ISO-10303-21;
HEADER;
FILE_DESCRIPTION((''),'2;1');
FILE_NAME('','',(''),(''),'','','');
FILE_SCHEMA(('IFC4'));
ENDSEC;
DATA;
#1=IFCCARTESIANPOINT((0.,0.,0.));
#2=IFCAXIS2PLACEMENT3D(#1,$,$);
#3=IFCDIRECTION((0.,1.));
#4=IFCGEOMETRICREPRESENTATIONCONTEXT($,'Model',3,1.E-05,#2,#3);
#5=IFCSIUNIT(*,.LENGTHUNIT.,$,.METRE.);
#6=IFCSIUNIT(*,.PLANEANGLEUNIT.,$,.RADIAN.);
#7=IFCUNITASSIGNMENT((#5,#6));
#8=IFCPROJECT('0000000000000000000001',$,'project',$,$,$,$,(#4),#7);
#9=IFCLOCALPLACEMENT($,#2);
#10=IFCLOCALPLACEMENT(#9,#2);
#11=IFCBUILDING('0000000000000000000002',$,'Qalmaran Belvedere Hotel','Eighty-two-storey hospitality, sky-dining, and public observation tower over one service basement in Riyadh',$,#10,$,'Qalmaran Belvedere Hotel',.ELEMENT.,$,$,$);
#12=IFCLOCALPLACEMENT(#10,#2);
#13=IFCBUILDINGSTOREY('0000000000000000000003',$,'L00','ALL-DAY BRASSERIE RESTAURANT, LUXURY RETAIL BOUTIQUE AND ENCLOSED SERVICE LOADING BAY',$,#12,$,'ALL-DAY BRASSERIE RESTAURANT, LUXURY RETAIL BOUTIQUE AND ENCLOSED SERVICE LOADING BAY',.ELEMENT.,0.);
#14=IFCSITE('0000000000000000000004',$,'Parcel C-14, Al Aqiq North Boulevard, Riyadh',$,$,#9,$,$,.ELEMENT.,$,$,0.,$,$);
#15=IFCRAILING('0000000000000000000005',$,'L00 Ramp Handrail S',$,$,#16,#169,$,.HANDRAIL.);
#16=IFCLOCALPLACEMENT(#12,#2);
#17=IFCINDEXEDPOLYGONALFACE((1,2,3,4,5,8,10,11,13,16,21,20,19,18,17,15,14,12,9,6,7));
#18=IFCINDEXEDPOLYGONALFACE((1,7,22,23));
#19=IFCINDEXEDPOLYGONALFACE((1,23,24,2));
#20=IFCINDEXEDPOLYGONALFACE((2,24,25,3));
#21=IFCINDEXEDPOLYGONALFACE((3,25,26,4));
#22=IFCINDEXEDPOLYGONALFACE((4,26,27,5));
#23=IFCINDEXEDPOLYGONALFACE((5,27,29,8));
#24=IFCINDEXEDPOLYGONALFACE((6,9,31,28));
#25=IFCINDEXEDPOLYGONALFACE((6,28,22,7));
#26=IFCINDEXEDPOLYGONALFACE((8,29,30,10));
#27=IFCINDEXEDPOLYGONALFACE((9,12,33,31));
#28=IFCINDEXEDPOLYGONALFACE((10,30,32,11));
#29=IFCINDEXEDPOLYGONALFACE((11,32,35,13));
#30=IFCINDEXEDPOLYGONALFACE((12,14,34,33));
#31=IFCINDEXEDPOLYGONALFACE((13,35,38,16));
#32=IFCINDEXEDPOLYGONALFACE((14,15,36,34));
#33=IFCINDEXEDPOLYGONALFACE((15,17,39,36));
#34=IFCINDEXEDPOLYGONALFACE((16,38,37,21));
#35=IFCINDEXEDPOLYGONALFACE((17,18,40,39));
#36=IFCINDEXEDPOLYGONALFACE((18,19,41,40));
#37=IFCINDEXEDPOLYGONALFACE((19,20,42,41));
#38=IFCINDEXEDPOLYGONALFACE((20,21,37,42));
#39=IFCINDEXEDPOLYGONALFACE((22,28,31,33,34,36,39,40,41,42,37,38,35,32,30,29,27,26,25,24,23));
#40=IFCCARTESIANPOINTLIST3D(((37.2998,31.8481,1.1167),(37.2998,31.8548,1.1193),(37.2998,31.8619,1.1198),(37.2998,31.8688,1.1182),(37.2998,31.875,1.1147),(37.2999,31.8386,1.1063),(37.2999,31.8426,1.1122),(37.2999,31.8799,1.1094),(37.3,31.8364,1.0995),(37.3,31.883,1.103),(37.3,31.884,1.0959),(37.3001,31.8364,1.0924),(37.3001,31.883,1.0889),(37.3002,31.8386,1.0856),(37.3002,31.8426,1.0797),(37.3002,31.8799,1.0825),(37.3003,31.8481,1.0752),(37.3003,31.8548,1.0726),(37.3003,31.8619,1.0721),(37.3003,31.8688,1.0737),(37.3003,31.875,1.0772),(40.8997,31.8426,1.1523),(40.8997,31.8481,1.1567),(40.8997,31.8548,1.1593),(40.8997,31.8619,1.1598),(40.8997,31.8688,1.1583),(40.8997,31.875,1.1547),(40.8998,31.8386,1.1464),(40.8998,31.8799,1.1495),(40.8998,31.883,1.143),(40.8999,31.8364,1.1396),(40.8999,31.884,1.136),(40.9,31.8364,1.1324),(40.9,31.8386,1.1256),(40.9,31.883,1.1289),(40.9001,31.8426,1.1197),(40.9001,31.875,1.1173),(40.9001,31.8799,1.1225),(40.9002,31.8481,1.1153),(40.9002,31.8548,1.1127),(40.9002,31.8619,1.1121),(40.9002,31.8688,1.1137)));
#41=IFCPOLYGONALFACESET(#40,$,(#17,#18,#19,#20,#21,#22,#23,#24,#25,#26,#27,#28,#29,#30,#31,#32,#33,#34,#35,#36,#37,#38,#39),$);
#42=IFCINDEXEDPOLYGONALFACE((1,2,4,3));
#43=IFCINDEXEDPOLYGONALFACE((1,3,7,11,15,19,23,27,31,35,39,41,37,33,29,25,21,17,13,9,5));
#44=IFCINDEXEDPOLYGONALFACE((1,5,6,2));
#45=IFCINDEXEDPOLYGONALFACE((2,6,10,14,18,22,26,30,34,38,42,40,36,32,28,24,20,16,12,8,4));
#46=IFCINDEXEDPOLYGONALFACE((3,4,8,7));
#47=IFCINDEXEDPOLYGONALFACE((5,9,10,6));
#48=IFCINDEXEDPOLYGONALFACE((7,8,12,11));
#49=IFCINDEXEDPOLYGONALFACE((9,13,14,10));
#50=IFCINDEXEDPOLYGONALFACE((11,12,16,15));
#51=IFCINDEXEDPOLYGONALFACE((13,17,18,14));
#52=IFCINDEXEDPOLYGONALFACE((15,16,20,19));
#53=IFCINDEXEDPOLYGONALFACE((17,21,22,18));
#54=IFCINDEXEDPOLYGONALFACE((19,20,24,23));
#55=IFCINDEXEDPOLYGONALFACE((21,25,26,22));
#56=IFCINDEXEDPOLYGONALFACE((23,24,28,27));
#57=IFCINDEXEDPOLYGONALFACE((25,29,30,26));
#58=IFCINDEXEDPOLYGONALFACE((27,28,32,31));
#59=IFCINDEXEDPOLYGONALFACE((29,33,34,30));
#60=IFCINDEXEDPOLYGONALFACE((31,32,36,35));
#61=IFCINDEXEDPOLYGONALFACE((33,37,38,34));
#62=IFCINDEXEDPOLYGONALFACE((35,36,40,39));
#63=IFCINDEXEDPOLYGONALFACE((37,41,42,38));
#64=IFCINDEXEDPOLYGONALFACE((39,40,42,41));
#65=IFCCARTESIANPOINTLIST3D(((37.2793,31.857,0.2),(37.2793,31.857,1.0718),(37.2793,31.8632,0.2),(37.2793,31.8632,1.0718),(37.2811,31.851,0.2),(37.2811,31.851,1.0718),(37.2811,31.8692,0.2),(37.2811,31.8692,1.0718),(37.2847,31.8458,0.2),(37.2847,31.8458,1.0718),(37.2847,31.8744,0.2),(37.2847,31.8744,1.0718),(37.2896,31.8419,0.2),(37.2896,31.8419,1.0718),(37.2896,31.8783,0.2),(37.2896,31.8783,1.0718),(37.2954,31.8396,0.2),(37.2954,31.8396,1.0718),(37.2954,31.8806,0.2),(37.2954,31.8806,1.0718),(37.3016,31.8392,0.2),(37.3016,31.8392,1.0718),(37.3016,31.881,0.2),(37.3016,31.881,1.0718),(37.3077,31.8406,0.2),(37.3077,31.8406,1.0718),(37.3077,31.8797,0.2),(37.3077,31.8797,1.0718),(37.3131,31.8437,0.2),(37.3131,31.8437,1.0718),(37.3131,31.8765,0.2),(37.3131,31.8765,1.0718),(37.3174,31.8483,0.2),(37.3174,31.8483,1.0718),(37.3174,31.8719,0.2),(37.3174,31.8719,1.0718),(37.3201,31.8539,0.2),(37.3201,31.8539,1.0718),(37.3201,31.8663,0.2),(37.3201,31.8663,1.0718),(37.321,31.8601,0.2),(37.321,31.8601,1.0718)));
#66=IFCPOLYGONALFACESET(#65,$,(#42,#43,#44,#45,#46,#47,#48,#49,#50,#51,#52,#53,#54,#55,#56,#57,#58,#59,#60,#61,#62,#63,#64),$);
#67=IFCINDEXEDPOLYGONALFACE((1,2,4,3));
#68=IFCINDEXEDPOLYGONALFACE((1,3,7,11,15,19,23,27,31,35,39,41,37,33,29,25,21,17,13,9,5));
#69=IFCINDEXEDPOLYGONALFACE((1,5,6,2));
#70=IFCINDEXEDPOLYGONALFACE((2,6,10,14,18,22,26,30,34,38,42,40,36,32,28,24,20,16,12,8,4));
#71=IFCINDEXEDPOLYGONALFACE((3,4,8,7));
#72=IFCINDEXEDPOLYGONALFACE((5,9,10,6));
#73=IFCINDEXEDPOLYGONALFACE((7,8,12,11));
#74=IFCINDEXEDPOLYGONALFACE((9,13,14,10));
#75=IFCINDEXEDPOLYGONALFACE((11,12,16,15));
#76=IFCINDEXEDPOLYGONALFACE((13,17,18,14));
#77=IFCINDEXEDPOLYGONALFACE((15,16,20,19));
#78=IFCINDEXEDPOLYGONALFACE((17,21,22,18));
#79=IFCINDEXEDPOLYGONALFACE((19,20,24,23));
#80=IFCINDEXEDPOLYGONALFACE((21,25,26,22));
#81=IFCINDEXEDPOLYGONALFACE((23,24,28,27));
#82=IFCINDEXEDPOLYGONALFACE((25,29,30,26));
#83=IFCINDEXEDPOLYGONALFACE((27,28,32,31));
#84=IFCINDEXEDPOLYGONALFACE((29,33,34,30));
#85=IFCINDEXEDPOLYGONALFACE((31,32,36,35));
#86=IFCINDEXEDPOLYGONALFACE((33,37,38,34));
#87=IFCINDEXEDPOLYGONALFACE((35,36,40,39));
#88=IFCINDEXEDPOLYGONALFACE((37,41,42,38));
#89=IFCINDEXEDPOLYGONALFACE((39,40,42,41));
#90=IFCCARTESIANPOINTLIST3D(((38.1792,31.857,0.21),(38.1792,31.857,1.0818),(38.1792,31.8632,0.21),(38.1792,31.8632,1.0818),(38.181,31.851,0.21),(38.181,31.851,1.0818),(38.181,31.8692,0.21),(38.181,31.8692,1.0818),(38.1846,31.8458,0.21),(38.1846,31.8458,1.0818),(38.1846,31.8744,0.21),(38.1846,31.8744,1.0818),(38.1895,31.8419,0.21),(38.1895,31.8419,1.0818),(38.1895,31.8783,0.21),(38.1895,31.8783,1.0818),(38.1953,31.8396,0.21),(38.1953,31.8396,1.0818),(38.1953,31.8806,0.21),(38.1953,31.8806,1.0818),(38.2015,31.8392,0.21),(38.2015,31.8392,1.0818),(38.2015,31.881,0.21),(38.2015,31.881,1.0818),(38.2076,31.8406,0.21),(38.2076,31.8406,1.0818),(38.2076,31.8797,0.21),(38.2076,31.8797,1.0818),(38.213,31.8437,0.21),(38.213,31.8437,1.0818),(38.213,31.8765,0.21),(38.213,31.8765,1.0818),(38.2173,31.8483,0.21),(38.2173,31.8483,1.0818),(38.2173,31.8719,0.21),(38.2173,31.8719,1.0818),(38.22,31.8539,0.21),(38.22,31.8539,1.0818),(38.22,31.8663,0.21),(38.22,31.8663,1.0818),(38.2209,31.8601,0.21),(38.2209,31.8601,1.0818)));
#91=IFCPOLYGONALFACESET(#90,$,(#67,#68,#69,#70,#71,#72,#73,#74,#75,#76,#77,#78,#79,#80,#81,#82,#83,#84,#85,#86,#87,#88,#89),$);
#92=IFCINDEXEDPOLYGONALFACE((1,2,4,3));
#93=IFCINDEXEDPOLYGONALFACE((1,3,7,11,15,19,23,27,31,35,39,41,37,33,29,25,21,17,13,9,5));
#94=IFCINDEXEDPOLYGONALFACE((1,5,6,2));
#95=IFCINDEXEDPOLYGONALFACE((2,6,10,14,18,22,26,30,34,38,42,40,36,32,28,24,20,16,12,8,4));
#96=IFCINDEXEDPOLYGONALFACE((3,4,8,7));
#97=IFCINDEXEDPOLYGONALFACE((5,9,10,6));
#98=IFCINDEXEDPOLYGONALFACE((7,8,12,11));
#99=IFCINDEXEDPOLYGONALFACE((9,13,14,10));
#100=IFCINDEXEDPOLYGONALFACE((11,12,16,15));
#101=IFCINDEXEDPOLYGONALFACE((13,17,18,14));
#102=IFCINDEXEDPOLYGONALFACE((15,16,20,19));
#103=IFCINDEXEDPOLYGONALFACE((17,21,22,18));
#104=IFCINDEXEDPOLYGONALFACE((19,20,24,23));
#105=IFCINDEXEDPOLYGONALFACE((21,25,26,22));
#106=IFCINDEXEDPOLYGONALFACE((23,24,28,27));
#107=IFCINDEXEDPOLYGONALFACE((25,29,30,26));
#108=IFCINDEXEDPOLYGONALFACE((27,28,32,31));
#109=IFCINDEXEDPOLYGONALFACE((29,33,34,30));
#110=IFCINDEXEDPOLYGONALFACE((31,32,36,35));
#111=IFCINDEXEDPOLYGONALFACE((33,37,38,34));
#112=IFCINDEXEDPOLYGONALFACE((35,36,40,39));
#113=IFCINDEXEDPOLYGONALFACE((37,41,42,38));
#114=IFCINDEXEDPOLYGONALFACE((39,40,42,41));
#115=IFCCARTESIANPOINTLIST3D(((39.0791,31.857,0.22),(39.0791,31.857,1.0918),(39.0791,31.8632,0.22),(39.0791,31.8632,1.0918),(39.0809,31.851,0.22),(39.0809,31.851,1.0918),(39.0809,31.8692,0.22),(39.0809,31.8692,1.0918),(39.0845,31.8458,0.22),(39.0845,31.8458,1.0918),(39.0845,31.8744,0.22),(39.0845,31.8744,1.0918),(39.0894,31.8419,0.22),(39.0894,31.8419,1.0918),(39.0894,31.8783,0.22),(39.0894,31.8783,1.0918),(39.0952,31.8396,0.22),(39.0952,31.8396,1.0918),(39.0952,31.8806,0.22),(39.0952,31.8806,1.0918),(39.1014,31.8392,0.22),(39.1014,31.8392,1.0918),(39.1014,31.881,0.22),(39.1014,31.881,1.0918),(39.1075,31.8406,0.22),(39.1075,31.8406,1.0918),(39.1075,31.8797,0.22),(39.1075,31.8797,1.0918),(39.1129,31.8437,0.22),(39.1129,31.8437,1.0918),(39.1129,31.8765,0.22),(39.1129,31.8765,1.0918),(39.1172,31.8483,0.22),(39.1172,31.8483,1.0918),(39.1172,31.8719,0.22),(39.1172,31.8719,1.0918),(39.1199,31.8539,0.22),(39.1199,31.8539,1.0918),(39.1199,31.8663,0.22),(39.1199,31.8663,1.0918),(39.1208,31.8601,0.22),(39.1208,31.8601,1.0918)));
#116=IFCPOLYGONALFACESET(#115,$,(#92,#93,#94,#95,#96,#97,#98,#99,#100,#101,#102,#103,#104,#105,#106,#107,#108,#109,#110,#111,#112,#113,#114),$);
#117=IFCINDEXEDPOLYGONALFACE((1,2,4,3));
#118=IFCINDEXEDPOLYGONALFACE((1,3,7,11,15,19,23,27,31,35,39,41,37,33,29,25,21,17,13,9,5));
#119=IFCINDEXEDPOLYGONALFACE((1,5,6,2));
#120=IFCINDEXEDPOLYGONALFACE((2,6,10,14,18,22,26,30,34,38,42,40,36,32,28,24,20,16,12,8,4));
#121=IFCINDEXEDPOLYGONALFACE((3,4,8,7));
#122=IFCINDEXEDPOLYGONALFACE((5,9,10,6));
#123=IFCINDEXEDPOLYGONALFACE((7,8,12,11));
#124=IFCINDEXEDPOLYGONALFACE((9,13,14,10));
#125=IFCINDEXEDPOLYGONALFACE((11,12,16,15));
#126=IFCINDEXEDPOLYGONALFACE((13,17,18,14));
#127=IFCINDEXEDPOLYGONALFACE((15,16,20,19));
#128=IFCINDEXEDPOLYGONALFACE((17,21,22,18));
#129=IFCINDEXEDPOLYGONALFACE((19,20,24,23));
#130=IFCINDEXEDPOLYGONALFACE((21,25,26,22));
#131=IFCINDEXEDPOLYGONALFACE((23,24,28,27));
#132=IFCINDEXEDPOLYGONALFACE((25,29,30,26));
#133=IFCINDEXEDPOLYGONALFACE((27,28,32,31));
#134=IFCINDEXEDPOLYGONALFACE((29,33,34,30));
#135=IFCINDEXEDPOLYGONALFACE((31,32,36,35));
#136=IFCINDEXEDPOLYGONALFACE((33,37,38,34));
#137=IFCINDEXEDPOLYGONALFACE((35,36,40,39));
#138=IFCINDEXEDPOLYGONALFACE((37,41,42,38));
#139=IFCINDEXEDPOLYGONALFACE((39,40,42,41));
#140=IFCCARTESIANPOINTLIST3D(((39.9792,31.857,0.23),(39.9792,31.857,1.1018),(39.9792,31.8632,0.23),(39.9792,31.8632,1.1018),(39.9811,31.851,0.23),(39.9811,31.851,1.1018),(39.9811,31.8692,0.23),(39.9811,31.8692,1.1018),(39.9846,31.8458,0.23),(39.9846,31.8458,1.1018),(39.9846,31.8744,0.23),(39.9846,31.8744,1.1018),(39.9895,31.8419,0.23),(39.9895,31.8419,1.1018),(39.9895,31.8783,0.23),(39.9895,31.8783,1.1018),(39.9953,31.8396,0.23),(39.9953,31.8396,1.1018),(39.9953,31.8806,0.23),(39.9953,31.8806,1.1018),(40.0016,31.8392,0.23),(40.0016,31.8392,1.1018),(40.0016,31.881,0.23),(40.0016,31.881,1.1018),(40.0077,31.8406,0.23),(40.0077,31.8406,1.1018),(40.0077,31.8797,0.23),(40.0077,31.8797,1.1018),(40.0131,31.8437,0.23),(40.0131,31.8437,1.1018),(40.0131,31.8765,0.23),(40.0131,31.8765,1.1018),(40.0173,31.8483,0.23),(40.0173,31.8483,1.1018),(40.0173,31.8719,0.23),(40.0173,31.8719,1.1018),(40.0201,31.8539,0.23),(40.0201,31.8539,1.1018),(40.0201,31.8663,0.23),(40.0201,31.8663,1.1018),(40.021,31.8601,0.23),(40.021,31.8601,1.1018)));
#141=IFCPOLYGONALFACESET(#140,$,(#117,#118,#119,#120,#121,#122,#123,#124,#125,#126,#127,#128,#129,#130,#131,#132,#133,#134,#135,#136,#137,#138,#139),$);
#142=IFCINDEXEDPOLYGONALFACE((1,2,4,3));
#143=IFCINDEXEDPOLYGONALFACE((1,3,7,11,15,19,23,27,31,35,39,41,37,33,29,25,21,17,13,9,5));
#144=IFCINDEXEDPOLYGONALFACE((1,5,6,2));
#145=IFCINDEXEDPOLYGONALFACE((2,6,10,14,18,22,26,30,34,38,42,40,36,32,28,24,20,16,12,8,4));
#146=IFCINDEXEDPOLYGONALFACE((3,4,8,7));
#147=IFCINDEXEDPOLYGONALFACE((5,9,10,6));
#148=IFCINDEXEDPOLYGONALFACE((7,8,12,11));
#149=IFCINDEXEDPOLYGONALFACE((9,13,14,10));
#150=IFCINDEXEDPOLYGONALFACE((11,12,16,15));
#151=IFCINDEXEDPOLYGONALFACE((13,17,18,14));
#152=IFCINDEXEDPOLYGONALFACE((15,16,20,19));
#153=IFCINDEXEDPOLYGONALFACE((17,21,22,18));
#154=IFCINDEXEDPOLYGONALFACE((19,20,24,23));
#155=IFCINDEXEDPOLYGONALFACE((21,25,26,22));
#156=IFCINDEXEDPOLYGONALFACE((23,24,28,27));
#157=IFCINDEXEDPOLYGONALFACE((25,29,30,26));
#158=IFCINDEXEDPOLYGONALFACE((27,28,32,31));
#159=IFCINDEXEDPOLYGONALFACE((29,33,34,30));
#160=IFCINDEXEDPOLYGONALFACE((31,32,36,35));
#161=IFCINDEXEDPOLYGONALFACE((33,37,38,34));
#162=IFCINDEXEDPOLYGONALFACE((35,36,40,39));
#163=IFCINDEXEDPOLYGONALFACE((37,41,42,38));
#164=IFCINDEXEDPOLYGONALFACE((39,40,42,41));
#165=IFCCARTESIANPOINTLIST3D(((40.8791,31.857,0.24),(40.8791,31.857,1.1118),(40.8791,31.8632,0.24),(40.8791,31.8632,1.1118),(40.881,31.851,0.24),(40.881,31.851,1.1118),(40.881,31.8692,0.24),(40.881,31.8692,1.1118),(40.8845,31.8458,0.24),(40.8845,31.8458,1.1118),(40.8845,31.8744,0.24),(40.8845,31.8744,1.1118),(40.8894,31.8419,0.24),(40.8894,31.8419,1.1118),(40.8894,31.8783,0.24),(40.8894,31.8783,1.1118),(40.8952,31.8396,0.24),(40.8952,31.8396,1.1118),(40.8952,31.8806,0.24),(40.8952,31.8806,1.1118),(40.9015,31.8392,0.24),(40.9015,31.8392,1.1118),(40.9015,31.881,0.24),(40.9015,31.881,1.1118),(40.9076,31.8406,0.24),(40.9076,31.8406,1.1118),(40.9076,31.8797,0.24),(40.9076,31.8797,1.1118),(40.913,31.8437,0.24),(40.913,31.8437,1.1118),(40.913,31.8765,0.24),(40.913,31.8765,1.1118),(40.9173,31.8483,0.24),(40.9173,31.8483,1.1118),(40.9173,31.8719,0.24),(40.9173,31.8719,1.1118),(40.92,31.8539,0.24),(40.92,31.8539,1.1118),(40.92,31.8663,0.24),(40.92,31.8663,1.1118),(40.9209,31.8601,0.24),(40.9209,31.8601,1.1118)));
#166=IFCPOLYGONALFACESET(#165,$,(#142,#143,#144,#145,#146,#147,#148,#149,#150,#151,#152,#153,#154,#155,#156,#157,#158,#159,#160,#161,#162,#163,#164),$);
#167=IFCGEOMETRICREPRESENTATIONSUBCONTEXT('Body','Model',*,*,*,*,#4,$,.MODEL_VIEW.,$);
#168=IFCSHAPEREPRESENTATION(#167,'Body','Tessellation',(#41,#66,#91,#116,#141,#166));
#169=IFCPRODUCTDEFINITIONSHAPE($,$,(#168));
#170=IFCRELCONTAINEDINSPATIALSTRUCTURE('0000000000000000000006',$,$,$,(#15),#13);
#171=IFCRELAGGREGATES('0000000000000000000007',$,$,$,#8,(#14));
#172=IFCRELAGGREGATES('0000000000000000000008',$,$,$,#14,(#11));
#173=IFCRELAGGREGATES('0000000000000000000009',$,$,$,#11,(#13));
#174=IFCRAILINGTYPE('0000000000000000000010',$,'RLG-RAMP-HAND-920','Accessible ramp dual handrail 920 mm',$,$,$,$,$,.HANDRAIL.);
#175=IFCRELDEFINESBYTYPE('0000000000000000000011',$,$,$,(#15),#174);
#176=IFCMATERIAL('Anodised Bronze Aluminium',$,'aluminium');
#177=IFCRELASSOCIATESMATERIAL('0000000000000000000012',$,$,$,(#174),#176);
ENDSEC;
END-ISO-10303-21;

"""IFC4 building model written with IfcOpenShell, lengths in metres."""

from ifc_helpers import new_model, si_unit, direction, frame, origin, origin_2d, place, context, subcontext, project, spatial, circle, extrude, material, type_object, element, save


model = new_model("IFC4")

# Units and contexts
model_context = context("Model", 3, precision=1e-05, world=origin(), true_north=direction((0.0, 1.0)))
body_context = subcontext(model_context, "Body", "Model", "MODEL_VIEW")
ifc_project = project(units=[si_unit("LENGTHUNIT", "METRE"), si_unit("PLANEANGLEUNIT", "RADIAN")], contexts=[model_context])

# Site, building, storey
site_placement = place(None, origin())
site = spatial("IfcSite", under=ifc_project, at=site_placement, Name="Parcel C-14, Al Aqiq North Boulevard, Riyadh", CompositionType="ELEMENT", RefElevation=0.0)
building_placement = place(site_placement, origin())
building = spatial("IfcBuilding", under=site, at=building_placement, Name="Qalmaran Belvedere Hotel", Description="Eighty-two-storey hospitality, sky-dining, and public observation tower over one service basement in Riyadh", LongName="Qalmaran Belvedere Hotel", CompositionType="ELEMENT")
storey_placement = place(building_placement, origin())
storey = spatial("IfcBuildingStorey", under=building, at=storey_placement, Name="L00", Description="ALL-DAY BRASSERIE RESTAURANT, LUXURY RETAIL BOUTIQUE AND ENCLOSED SERVICE LOADING BAY", LongName="ALL-DAY BRASSERIE RESTAURANT, LUXURY RETAIL BOUTIQUE AND ENCLOSED SERVICE LOADING BAY", CompositionType="ELEMENT", Elevation=0.0)

# Railing
ifc_material_1 = material(Name="Anodised Bronze Aluminium", Category="aluminium")
railing_type = type_object("IfcRailingType", Name="RLG-RAMP-HAND-920", Description="Accessible ramp dual handrail 920 mm", PredefinedType="HANDRAIL", material=ifc_material_1)
railing_placement = place(storey_placement, frame((37.3, 31.8601, 0.2)))
element("IfcRailing", 1, at=railing_placement, inside=storey, type_object=railing_type, Name="L00 Ramp Handrail S", PredefinedType="HANDRAIL", context=body_context, shape_type="SweptSolid", body=[
    extrude(circle(Radius=0.0239, at=origin_2d()), frame((0.0, 0.0, 0.896), z_axis=(0.999938, 0.0, 0.011122), x_axis=(0.0, 1.0, 0.0)), (0.0, 0.0, 1.0), 3.6001),
    extrude(circle(Radius=0.021, at=origin_2d()), origin(), (0.0, 0.0, 1.0), 0.8718),
    extrude(circle(Radius=0.021, at=origin_2d()), frame((0.8999, 0.0, 0.01)), (0.0, 0.0, 1.0), 0.8718),
    extrude(circle(Radius=0.021, at=origin_2d()), frame((1.7998, 0.0, 0.02)), (0.0, 0.0, 1.0), 0.8718),
    extrude(circle(Radius=0.021, at=origin_2d()), frame((2.7, 0.0, 0.03)), (0.0, 0.0, 1.0), 0.8718),
    extrude(circle(Radius=0.021, at=origin_2d()), frame((3.5999, 0.0, 0.04)), (0.0, 0.0, 1.0), 0.8718),
])

save(model, "model.ifc")
